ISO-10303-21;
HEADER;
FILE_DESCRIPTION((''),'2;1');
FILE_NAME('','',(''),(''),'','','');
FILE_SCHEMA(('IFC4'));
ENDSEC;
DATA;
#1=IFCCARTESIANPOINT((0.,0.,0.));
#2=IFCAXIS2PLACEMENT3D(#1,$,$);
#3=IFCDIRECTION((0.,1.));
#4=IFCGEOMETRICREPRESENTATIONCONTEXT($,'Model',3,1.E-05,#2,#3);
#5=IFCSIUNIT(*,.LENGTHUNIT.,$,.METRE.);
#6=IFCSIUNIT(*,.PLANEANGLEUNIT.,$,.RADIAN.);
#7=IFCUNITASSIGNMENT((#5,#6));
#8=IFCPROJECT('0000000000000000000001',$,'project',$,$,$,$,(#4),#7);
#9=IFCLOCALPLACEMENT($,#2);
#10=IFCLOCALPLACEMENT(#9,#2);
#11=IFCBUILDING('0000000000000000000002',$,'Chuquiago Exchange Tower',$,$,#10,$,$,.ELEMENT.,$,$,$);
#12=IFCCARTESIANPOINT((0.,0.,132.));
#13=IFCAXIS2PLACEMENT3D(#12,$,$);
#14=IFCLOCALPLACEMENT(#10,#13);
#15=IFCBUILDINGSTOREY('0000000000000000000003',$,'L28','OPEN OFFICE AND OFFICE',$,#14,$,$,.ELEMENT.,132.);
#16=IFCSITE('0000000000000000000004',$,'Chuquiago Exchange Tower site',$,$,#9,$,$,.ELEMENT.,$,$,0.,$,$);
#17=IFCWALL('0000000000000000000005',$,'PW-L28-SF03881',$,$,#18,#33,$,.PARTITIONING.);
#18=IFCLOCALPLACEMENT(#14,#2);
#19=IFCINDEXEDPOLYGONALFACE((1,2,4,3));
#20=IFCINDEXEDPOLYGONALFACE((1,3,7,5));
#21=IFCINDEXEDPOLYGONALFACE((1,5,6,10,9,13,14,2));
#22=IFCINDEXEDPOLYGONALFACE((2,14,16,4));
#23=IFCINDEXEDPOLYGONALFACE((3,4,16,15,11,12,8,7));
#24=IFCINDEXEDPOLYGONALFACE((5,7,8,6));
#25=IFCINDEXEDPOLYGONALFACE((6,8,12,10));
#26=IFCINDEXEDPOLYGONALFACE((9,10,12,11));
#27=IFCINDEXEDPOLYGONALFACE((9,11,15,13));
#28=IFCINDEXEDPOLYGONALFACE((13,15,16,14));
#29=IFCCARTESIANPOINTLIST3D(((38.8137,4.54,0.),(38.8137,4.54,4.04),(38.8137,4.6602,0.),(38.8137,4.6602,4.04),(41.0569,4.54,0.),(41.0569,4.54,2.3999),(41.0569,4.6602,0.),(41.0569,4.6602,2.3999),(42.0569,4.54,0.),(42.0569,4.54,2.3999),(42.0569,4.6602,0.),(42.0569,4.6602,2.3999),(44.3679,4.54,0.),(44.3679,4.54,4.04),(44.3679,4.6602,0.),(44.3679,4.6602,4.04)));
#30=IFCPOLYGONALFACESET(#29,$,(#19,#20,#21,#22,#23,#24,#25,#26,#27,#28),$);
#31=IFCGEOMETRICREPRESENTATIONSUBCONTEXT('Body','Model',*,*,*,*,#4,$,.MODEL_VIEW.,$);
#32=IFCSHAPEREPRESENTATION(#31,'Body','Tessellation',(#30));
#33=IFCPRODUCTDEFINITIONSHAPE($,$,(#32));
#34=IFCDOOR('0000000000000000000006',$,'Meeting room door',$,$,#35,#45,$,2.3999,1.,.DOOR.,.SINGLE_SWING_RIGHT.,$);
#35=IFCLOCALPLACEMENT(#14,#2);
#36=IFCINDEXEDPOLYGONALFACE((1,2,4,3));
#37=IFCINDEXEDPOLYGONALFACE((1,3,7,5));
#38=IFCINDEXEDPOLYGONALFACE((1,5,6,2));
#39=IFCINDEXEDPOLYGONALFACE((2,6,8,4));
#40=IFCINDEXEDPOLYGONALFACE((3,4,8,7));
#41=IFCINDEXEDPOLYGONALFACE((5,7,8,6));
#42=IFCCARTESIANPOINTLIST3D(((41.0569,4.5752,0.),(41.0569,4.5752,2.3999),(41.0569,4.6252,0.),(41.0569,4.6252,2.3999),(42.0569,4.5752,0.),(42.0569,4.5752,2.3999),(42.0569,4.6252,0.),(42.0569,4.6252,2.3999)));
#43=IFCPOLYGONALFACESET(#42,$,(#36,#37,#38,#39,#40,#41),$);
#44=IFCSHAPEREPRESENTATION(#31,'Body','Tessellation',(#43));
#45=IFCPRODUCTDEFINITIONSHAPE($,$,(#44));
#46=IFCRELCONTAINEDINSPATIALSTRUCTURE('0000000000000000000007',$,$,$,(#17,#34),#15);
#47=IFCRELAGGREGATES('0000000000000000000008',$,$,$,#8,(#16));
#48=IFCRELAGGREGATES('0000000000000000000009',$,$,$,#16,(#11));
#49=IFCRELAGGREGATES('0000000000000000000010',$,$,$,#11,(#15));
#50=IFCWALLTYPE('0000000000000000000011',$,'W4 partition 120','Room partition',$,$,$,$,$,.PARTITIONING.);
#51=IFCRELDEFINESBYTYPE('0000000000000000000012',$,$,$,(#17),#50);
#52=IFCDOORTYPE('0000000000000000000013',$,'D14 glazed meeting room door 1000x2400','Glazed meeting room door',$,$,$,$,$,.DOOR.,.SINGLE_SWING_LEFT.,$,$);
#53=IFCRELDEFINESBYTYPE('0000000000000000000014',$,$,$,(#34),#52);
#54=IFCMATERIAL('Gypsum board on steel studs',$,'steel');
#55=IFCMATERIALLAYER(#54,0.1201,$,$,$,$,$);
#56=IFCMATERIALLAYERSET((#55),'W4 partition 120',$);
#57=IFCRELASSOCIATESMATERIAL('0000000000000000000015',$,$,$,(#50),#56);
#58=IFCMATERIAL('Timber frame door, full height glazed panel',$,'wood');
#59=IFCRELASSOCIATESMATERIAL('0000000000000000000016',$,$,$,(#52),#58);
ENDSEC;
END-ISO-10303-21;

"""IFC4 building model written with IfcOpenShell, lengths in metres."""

from ifc_helpers import new_model, si_unit, direction, frame, frame_2d, origin, place, context, subcontext, project, spatial, rectangle, extrude, material, layer, layer_set, type_object, element, fill, save


model = new_model("IFC4")

# Units and contexts
model_context = context("Model", 3, precision=1e-05, world=origin(), true_north=direction((0.0, 1.0)))
body_context = subcontext(model_context, "Body", "Model", "MODEL_VIEW")
ifc_project = project(units=[si_unit("LENGTHUNIT", "METRE"), si_unit("PLANEANGLEUNIT", "RADIAN")], contexts=[model_context])

# Site, building, storey
site_placement = place(None, origin())
site = spatial("IfcSite", under=ifc_project, at=site_placement, Name="Chuquiago Exchange Tower site", CompositionType="ELEMENT", RefElevation=0.0)
building_placement = place(site_placement, origin())
building = spatial("IfcBuilding", under=site, at=building_placement, Name="Chuquiago Exchange Tower", CompositionType="ELEMENT")
storey_placement = place(building_placement, frame((0.0, 0.0, 132.0)))
storey = spatial("IfcBuildingStorey", under=building, at=storey_placement, Name="L28", Description="OPEN OFFICE AND OFFICE", CompositionType="ELEMENT", Elevation=132.0)

# Shared definitions
ifc_material_1 = material(Name="Gypsum board on steel studs", Category="steel")
ifc_layer_1 = layer(ifc_material_1, 0.1201)
ifc_layer_set_1 = layer_set([ifc_layer_1], Name="W4 partition 120")
wall_type = type_object("IfcWallType", Name="W4 partition 120", Description="Room partition", PredefinedType="PARTITIONING", material=ifc_layer_set_1)

# Wall, opening, door
wall_1_placement = place(storey_placement, frame((38.8137, 4.6001, 0.0), z_axis=(0.0, 0.0, 1.0), x_axis=(1.0, 0.0, 0.0)))
wall_1 = element("IfcWall", 1, at=wall_1_placement, inside=storey, type_object=wall_type, Name="PW-L28-SF03881", PredefinedType="PARTITIONING", context=body_context, shape_type="SweptSolid", body=[
    extrude(rectangle(XDim=5.5542, YDim=0.1201, at=frame_2d((2.7771, 0.0))), origin(), (0.0, 0.0, 1.0), 4.04),
])
opening_1_placement = place(wall_1_placement, frame((2.2432, 0.0, 0.0)))
opening_1 = element("IfcOpeningElement", 2, at=opening_1_placement, cuts=wall_1, PredefinedType="OPENING", context=body_context, shape_type="SweptSolid", body=[
    extrude(rectangle(XDim=1.0, YDim=2.3999, at=frame_2d((0.5, 1.2))), frame((0.0, 0.0701, 0.0), z_axis=(0.0, -1.0, 0.0), x_axis=(1.0, 0.0, 0.0)), (0.0, 0.0, 1.0), 0.1401),
])
ifc_material_2 = material(Name="Timber frame door, full height glazed panel", Category="wood")
door_type_1 = type_object("IfcDoorType", Name="D14 glazed meeting room door 1000x2400", Description="Glazed meeting room door", OperationType="SINGLE_SWING_LEFT", PredefinedType="DOOR", material=ifc_material_2)
door_1_placement = place(opening_1_placement, frame((1.0, 0.0, 0.0), z_axis=(0.0, 0.0, 1.0), x_axis=(-1.0, 0.0, 0.0)))
door_1 = element("IfcDoor", 3, at=door_1_placement, inside=storey, type_object=door_type_1, Name="Meeting room door", OperationType="SINGLE_SWING_RIGHT", OverallHeight=2.3999, OverallWidth=1.0, PredefinedType="DOOR", context=body_context, shape_type="SweptSolid", body=[
    extrude(rectangle(XDim=1.0, YDim=2.3999, at=frame_2d((0.5, 1.2))), frame((0.0, 0.0249, 0.0), z_axis=(0.0, -1.0, 0.0), x_axis=(1.0, 0.0, 0.0)), (0.0, 0.0, 1.0), 0.05),
])
fill(opening_1, door_1)

save(model, "model.ifc")
